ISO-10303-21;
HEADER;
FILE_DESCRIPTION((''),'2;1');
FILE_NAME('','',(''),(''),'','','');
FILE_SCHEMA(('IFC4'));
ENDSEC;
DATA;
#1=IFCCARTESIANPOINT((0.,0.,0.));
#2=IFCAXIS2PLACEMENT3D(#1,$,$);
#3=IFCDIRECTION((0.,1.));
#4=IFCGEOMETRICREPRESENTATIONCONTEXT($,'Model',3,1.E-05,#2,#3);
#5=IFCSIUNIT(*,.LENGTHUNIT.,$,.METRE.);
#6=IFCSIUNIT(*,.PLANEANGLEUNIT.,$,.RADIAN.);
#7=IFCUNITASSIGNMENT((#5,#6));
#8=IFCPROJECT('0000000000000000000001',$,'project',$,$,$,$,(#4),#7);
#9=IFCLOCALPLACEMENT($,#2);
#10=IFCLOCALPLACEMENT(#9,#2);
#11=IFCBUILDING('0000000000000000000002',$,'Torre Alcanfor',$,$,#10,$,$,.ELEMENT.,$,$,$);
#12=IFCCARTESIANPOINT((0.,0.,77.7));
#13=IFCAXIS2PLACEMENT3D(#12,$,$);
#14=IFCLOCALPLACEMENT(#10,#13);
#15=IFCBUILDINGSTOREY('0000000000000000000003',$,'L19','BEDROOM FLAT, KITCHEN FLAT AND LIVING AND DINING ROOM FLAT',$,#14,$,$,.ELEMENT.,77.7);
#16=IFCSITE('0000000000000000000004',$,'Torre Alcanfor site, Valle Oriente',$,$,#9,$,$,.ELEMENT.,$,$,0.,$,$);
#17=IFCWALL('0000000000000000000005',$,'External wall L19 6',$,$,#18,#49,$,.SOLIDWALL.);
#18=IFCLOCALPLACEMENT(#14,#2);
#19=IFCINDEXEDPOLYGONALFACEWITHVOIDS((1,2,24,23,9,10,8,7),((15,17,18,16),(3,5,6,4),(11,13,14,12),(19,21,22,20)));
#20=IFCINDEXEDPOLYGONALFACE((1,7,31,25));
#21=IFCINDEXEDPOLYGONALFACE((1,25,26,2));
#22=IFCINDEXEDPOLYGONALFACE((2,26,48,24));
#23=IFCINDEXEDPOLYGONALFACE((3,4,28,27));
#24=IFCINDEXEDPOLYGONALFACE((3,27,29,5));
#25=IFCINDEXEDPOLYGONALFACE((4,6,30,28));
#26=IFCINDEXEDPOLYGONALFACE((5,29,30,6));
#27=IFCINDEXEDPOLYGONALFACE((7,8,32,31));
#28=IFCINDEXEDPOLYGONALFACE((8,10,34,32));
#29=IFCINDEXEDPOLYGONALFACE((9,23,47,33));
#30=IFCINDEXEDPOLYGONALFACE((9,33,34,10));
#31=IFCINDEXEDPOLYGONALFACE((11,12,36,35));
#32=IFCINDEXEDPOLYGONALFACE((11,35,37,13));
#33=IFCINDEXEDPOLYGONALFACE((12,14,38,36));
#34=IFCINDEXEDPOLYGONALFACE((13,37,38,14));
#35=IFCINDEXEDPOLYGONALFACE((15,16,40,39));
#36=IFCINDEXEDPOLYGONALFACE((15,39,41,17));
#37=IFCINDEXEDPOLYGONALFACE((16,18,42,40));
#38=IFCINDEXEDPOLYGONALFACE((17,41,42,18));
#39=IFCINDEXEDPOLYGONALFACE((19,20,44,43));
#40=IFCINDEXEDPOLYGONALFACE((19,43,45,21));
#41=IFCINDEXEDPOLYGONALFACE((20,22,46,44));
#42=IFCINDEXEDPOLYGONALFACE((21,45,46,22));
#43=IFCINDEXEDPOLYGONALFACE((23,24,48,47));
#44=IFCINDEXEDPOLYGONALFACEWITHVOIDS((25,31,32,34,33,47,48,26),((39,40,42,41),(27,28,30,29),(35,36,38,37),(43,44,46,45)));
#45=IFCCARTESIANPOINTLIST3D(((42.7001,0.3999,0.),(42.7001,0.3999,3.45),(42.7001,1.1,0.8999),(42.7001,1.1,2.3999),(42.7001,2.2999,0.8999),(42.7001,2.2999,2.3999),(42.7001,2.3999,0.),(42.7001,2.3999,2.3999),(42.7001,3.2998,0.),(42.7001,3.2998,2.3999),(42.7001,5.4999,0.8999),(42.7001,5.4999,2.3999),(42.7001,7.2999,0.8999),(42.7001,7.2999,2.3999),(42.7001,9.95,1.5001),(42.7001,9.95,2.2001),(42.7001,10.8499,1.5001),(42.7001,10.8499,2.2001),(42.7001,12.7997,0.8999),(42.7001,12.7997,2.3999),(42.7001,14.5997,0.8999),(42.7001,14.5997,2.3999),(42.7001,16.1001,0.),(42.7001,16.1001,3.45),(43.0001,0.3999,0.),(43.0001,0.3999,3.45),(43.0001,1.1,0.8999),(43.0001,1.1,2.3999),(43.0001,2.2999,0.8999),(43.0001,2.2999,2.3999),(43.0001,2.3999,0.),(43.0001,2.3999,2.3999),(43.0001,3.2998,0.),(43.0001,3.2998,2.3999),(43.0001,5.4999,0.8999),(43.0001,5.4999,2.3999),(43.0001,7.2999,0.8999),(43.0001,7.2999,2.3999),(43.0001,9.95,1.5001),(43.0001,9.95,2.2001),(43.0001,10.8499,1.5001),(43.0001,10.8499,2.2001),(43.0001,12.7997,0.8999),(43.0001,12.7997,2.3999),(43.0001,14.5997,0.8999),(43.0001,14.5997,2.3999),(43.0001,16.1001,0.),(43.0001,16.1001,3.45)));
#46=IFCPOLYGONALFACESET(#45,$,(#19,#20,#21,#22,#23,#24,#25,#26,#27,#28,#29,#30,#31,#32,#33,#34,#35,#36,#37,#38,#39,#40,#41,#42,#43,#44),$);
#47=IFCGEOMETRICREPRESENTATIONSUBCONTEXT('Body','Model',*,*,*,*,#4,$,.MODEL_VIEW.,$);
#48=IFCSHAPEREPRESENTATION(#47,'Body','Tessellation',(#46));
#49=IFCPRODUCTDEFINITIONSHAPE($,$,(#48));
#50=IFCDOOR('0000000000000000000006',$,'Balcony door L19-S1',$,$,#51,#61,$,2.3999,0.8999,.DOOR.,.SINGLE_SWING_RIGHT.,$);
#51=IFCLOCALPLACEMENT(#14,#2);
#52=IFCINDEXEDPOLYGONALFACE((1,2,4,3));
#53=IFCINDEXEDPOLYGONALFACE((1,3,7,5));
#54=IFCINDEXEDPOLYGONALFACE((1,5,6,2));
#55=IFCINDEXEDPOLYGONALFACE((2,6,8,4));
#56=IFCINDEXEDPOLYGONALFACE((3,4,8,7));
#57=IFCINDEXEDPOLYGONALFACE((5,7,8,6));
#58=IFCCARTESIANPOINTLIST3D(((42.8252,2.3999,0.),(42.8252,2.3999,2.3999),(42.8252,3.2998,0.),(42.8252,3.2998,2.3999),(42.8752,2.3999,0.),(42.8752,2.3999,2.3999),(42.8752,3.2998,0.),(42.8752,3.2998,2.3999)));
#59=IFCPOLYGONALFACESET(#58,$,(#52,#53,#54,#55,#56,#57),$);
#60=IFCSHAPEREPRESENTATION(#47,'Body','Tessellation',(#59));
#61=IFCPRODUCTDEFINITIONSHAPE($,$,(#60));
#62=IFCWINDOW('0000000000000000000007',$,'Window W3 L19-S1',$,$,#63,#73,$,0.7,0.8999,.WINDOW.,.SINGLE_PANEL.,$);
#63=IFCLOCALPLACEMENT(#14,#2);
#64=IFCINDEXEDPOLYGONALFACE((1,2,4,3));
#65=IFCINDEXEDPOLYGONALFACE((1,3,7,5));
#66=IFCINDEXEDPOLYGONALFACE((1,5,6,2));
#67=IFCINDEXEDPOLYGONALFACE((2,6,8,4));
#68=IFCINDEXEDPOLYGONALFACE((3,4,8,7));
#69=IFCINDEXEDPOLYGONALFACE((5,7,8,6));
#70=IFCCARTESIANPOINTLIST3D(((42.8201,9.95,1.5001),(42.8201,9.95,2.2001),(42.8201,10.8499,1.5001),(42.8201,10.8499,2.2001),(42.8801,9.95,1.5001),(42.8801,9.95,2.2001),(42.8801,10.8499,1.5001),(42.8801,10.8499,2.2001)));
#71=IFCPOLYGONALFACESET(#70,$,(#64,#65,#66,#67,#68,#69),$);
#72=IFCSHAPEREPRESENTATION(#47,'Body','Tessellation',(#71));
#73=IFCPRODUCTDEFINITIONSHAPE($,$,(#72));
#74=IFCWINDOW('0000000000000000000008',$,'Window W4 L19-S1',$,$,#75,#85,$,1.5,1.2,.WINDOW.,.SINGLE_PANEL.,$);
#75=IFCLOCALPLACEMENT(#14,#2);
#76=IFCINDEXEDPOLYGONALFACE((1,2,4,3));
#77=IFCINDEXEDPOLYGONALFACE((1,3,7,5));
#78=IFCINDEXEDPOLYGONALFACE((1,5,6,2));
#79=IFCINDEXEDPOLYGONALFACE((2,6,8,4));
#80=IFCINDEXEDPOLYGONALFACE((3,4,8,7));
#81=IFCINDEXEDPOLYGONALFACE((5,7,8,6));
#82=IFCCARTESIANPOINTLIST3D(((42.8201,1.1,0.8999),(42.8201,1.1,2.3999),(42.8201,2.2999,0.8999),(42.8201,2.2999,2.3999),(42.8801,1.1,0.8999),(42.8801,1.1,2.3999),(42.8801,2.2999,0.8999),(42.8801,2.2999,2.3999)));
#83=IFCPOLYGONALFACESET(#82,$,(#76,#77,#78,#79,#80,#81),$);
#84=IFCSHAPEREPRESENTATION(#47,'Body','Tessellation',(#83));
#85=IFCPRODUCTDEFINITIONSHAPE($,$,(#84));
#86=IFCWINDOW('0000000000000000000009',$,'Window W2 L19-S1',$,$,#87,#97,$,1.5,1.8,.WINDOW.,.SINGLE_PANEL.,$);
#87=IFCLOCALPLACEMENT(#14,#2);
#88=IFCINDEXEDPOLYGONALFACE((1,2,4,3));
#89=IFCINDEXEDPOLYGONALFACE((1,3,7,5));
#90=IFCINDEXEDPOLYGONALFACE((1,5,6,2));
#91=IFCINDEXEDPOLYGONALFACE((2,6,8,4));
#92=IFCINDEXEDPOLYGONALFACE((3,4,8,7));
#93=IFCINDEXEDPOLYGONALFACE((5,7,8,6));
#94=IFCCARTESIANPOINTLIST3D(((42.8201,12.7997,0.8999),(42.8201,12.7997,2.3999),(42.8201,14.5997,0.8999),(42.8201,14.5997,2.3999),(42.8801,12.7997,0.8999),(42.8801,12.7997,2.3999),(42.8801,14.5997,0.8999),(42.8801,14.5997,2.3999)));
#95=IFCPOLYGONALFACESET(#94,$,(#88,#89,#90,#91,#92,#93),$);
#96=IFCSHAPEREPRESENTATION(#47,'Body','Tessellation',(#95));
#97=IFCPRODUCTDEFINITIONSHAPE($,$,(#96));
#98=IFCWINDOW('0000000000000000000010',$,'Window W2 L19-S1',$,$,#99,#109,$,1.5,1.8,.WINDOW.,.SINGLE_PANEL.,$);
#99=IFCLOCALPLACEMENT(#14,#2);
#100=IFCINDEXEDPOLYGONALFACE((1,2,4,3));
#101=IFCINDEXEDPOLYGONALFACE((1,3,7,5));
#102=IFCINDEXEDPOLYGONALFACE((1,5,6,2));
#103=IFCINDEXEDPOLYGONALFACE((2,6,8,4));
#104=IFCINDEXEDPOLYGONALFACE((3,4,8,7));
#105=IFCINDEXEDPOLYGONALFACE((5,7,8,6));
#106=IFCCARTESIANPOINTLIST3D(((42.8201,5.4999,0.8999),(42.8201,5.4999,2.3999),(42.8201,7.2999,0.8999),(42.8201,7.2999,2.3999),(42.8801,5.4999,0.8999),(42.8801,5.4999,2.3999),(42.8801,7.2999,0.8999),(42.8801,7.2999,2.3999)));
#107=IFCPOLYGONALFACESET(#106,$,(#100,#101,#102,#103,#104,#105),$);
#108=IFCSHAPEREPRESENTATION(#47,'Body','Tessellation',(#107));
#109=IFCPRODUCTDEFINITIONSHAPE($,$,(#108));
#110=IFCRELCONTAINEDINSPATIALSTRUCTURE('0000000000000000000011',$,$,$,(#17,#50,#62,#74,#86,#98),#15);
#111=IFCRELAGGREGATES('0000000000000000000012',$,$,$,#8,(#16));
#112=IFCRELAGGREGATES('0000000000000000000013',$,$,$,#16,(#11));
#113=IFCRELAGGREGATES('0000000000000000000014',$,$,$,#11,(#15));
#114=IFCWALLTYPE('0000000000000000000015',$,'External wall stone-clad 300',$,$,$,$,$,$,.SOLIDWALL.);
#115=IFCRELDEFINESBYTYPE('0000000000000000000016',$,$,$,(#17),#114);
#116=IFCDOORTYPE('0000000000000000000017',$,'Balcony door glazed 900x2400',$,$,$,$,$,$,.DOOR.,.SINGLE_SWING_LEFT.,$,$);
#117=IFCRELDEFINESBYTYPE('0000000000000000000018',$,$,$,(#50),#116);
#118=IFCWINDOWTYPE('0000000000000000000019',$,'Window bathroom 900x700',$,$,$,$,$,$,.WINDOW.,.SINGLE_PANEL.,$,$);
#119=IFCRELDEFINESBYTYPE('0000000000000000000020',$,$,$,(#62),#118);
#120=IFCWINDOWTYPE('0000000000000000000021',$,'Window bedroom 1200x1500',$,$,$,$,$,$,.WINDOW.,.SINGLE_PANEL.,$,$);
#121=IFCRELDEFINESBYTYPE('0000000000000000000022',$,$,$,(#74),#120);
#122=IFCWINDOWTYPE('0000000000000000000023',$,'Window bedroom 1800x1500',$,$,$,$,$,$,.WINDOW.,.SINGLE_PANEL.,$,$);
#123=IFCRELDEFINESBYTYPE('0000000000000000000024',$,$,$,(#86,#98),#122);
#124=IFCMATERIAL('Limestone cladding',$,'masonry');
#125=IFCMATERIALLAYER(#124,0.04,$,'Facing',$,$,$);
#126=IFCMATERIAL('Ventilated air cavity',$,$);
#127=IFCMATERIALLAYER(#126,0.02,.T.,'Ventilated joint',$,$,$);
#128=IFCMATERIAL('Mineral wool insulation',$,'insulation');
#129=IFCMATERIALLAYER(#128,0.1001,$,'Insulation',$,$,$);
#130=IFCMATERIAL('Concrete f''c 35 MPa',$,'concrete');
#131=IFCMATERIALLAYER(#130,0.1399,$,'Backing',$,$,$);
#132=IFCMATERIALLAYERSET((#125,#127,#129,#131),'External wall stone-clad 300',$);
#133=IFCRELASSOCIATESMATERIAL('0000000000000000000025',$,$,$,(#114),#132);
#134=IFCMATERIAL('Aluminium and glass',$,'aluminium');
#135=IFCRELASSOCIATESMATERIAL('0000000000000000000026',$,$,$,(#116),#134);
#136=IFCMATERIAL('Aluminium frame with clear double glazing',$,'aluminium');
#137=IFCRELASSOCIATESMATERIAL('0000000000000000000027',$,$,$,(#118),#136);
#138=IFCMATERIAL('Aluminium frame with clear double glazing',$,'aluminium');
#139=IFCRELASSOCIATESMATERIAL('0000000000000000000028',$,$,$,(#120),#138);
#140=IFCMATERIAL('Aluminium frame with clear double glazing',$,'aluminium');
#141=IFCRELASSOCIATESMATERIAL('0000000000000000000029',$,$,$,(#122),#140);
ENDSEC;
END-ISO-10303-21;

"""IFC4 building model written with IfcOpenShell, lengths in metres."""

from ifc_helpers import new_model, si_unit, direction, frame, frame_2d, origin, place, context, subcontext, project, spatial, rectangle, extrude, material, layer, layer_set, type_object, element, fill, save


model = new_model("IFC4")

# Units and contexts
model_context = context("Model", 3, precision=1e-05, world=origin(), true_north=direction((0.0, 1.0)))
body_context = subcontext(model_context, "Body", "Model", "MODEL_VIEW")
ifc_project = project(units=[si_unit("LENGTHUNIT", "METRE"), si_unit("PLANEANGLEUNIT", "RADIAN")], contexts=[model_context])

# Site, building, storey
site_placement = place(None, origin())
site = spatial("IfcSite", under=ifc_project, at=site_placement, Name="Torre Alcanfor site, Valle Oriente", CompositionType="ELEMENT", RefElevation=0.0)
building_placement = place(site_placement, origin())
building = spatial("IfcBuilding", under=site, at=building_placement, Name="Torre Alcanfor", CompositionType="ELEMENT")
storey_placement = place(building_placement, frame((0.0, 0.0, 77.7)))
storey = spatial("IfcBuildingStorey", under=building, at=storey_placement, Name="L19", Description="BEDROOM FLAT, KITCHEN FLAT AND LIVING AND DINING ROOM FLAT", CompositionType="ELEMENT", Elevation=77.7)

# Wall, openings, door, windows
ifc_material_1 = material(Name="Limestone cladding", Category="masonry")
ifc_layer_1 = layer(ifc_material_1, 0.04, Name="Facing")
ifc_material_2 = material(Name="Ventilated air cavity")
ifc_layer_2 = layer(ifc_material_2, 0.02, ventilated=True, Name="Ventilated joint")
ifc_material_3 = material(Name="Mineral wool insulation", Category="insulation")
ifc_layer_3 = layer(ifc_material_3, 0.1001, Name="Insulation")
ifc_material_4 = material(Name="Concrete f'c 35 MPa", Category="concrete")
ifc_layer_4 = layer(ifc_material_4, 0.1399, Name="Backing")
ifc_layer_set_1 = layer_set([ifc_layer_1, ifc_layer_2, ifc_layer_3, ifc_layer_4], Name="External wall stone-clad 300")
wall_type_1 = type_object("IfcWallType", Name="External wall stone-clad 300", PredefinedType="SOLIDWALL", material=ifc_layer_set_1)
wall_1_placement = place(storey_placement, frame((42.8501, 0.3999, 0.0), z_axis=(0.0, 0.0, 1.0), x_axis=(0.0, 1.0, 0.0)))
wall_1 = element("IfcWall", 1, at=wall_1_placement, inside=storey, type_object=wall_type_1, Name="External wall L19 6", PredefinedType="SOLIDWALL", context=body_context, shape_type="SweptSolid", body=[
    extrude(rectangle(XDim=15.7002, YDim=0.3, at=frame_2d((7.8501, 0.0))), origin(), (0.0, 0.0, 1.0), 3.45),
])
opening_1_placement = place(wall_1_placement, frame((12.3999, 0.0, 0.8999)))
opening_1 = element("IfcOpeningElement", 2, at=opening_1_placement, cuts=wall_1, PredefinedType="OPENING", context=body_context, shape_type="SweptSolid", body=[
    extrude(rectangle(XDim=1.8, YDim=1.5, at=frame_2d((0.8999, 0.75))), frame((0.0, 0.1599, 0.0), z_axis=(0.0, -1.0, 0.0), x_axis=(1.0, 0.0, 0.0)), (0.0, 0.0, 1.0), 0.3201),
])
opening_2_placement = place(wall_1_placement, frame((9.55, 0.0, 1.5)))
opening_2 = element("IfcOpeningElement", 3, at=opening_2_placement, cuts=wall_1, PredefinedType="OPENING", context=body_context, shape_type="SweptSolid", body=[
    extrude(rectangle(XDim=0.8999, YDim=0.7, at=frame_2d((0.45, 0.3501))), frame((0.0, 0.1599, 0.0), z_axis=(0.0, -1.0, 0.0), x_axis=(1.0, 0.0, 0.0)), (0.0, 0.0, 1.0), 0.3201),
])
opening_3_placement = place(wall_1_placement, frame((5.1001, 0.0, 0.8999)))
opening_3 = element("IfcOpeningElement", 4, at=opening_3_placement, cuts=wall_1, PredefinedType="OPENING", context=body_context, shape_type="SweptSolid", body=[
    extrude(rectangle(XDim=1.8, YDim=1.5, at=frame_2d((0.8999, 0.75))), frame((0.0, 0.1599, 0.0), z_axis=(0.0, -1.0, 0.0), x_axis=(1.0, 0.0, 0.0)), (0.0, 0.0, 1.0), 0.3201),
])
opening_4_placement = place(wall_1_placement, frame((2.0, 0.0, 0.0)))
opening_4 = element("IfcOpeningElement", 5, at=opening_4_placement, cuts=wall_1, PredefinedType="OPENING", context=body_context, shape_type="SweptSolid", body=[
    extrude(rectangle(XDim=0.8999, YDim=2.3999, at=frame_2d((0.45, 1.2))), frame((0.0, 0.1599, 0.0), z_axis=(0.0, -1.0, 0.0), x_axis=(1.0, 0.0, 0.0)), (0.0, 0.0, 1.0), 0.3201),
])
opening_5_placement = place(wall_1_placement, frame((0.7, 0.0, 0.8999)))
opening_5 = element("IfcOpeningElement", 6, at=opening_5_placement, cuts=wall_1, PredefinedType="OPENING", context=body_context, shape_type="SweptSolid", body=[
    extrude(rectangle(XDim=1.2, YDim=1.5, at=frame_2d((0.6001, 0.75))), frame((0.0, 0.1599, 0.0), z_axis=(0.0, -1.0, 0.0), x_axis=(1.0, 0.0, 0.0)), (0.0, 0.0, 1.0), 0.3201),
])
ifc_material_5 = material(Name="Aluminium and glass", Category="aluminium")
door_type = type_object("IfcDoorType", Name="Balcony door glazed 900x2400", OperationType="SINGLE_SWING_LEFT", PredefinedType="DOOR", material=ifc_material_5)
door_1_placement = place(opening_4_placement, origin())
door_1 = element("IfcDoor", 7, at=door_1_placement, inside=storey, type_object=door_type, Name="Balcony door L19-S1", OperationType="SINGLE_SWING_RIGHT", OverallHeight=2.3999, OverallWidth=0.8999, PredefinedType="DOOR", context=body_context, shape_type="SweptSolid", body=[
    extrude(rectangle(XDim=0.8999, YDim=2.3999, at=frame_2d((0.45, 1.2))), frame((0.0, 0.0249, 0.0), z_axis=(0.0, -1.0, 0.0), x_axis=(1.0, 0.0, 0.0)), (0.0, 0.0, 1.0), 0.05),
])
fill(opening_4, door_1)
ifc_material_6 = material(Name="Aluminium frame with clear double glazing", Category="aluminium")
window_type_1 = type_object("IfcWindowType", Name="Window bathroom 900x700", PartitioningType="SINGLE_PANEL", PredefinedType="WINDOW", material=ifc_material_6)
window_1_placement = place(opening_2_placement, origin())
window_1 = element("IfcWindow", 8, at=window_1_placement, inside=storey, type_object=window_type_1, Name="Window W3 L19-S1", OverallHeight=0.7, OverallWidth=0.8999, PartitioningType="SINGLE_PANEL", PredefinedType="WINDOW", context=body_context, shape_type="SweptSolid", body=[
    extrude(rectangle(XDim=0.8999, YDim=0.7, at=frame_2d((0.45, 0.3501))), frame((0.0, 0.03, 0.0), z_axis=(0.0, -1.0, 0.0), x_axis=(1.0, 0.0, 0.0)), (0.0, 0.0, 1.0), 0.0601),
])
fill(opening_2, window_1)
ifc_material_7 = material(Name="Aluminium frame with clear double glazing", Category="aluminium")
window_type_2 = type_object("IfcWindowType", Name="Window bedroom 1200x1500", PartitioningType="SINGLE_PANEL", PredefinedType="WINDOW", material=ifc_material_7)
window_2_placement = place(opening_5_placement, origin())
window_2 = element("IfcWindow", 9, at=window_2_placement, inside=storey, type_object=window_type_2, Name="Window W4 L19-S1", OverallHeight=1.5, OverallWidth=1.2, PartitioningType="SINGLE_PANEL", PredefinedType="WINDOW", context=body_context, shape_type="SweptSolid", body=[
    extrude(rectangle(XDim=1.2, YDim=1.5, at=frame_2d((0.6001, 0.75))), frame((0.0, 0.03, 0.0), z_axis=(0.0, -1.0, 0.0), x_axis=(1.0, 0.0, 0.0)), (0.0, 0.0, 1.0), 0.0601),
])
fill(opening_5, window_2)
ifc_material_8 = material(Name="Aluminium frame with clear double glazing", Category="aluminium")
window_type_3 = type_object("IfcWindowType", Name="Window bedroom 1800x1500", PartitioningType="SINGLE_PANEL", PredefinedType="WINDOW", material=ifc_material_8)
window_3_placement = place(opening_1_placement, origin())
window_3 = element("IfcWindow", 10, at=window_3_placement, inside=storey, type_object=window_type_3, Name="Window W2 L19-S1", OverallHeight=1.5, OverallWidth=1.8, PartitioningType="SINGLE_PANEL", PredefinedType="WINDOW", context=body_context, shape_type="SweptSolid", body=[
    extrude(rectangle(XDim=1.8, YDim=1.5, at=frame_2d((0.8999, 0.75))), frame((0.0, 0.03, 0.0), z_axis=(0.0, -1.0, 0.0), x_axis=(1.0, 0.0, 0.0)), (0.0, 0.0, 1.0), 0.0601),
])
fill(opening_1, window_3)
window_4_placement = place(opening_3_placement, origin())
window_4 = element("IfcWindow", 11, at=window_4_placement, inside=storey, type_object=window_type_3, Name="Window W2 L19-S1", OverallHeight=1.5, OverallWidth=1.8, PartitioningType="SINGLE_PANEL", PredefinedType="WINDOW", context=body_context, shape_type="SweptSolid", body=[
    extrude(rectangle(XDim=1.8, YDim=1.5, at=frame_2d((0.8999, 0.75))), frame((0.0, 0.03, 0.0), z_axis=(0.0, -1.0, 0.0), x_axis=(1.0, 0.0, 0.0)), (0.0, 0.0, 1.0), 0.0601),
])
fill(opening_3, window_4)

save(model, "model.ifc")
